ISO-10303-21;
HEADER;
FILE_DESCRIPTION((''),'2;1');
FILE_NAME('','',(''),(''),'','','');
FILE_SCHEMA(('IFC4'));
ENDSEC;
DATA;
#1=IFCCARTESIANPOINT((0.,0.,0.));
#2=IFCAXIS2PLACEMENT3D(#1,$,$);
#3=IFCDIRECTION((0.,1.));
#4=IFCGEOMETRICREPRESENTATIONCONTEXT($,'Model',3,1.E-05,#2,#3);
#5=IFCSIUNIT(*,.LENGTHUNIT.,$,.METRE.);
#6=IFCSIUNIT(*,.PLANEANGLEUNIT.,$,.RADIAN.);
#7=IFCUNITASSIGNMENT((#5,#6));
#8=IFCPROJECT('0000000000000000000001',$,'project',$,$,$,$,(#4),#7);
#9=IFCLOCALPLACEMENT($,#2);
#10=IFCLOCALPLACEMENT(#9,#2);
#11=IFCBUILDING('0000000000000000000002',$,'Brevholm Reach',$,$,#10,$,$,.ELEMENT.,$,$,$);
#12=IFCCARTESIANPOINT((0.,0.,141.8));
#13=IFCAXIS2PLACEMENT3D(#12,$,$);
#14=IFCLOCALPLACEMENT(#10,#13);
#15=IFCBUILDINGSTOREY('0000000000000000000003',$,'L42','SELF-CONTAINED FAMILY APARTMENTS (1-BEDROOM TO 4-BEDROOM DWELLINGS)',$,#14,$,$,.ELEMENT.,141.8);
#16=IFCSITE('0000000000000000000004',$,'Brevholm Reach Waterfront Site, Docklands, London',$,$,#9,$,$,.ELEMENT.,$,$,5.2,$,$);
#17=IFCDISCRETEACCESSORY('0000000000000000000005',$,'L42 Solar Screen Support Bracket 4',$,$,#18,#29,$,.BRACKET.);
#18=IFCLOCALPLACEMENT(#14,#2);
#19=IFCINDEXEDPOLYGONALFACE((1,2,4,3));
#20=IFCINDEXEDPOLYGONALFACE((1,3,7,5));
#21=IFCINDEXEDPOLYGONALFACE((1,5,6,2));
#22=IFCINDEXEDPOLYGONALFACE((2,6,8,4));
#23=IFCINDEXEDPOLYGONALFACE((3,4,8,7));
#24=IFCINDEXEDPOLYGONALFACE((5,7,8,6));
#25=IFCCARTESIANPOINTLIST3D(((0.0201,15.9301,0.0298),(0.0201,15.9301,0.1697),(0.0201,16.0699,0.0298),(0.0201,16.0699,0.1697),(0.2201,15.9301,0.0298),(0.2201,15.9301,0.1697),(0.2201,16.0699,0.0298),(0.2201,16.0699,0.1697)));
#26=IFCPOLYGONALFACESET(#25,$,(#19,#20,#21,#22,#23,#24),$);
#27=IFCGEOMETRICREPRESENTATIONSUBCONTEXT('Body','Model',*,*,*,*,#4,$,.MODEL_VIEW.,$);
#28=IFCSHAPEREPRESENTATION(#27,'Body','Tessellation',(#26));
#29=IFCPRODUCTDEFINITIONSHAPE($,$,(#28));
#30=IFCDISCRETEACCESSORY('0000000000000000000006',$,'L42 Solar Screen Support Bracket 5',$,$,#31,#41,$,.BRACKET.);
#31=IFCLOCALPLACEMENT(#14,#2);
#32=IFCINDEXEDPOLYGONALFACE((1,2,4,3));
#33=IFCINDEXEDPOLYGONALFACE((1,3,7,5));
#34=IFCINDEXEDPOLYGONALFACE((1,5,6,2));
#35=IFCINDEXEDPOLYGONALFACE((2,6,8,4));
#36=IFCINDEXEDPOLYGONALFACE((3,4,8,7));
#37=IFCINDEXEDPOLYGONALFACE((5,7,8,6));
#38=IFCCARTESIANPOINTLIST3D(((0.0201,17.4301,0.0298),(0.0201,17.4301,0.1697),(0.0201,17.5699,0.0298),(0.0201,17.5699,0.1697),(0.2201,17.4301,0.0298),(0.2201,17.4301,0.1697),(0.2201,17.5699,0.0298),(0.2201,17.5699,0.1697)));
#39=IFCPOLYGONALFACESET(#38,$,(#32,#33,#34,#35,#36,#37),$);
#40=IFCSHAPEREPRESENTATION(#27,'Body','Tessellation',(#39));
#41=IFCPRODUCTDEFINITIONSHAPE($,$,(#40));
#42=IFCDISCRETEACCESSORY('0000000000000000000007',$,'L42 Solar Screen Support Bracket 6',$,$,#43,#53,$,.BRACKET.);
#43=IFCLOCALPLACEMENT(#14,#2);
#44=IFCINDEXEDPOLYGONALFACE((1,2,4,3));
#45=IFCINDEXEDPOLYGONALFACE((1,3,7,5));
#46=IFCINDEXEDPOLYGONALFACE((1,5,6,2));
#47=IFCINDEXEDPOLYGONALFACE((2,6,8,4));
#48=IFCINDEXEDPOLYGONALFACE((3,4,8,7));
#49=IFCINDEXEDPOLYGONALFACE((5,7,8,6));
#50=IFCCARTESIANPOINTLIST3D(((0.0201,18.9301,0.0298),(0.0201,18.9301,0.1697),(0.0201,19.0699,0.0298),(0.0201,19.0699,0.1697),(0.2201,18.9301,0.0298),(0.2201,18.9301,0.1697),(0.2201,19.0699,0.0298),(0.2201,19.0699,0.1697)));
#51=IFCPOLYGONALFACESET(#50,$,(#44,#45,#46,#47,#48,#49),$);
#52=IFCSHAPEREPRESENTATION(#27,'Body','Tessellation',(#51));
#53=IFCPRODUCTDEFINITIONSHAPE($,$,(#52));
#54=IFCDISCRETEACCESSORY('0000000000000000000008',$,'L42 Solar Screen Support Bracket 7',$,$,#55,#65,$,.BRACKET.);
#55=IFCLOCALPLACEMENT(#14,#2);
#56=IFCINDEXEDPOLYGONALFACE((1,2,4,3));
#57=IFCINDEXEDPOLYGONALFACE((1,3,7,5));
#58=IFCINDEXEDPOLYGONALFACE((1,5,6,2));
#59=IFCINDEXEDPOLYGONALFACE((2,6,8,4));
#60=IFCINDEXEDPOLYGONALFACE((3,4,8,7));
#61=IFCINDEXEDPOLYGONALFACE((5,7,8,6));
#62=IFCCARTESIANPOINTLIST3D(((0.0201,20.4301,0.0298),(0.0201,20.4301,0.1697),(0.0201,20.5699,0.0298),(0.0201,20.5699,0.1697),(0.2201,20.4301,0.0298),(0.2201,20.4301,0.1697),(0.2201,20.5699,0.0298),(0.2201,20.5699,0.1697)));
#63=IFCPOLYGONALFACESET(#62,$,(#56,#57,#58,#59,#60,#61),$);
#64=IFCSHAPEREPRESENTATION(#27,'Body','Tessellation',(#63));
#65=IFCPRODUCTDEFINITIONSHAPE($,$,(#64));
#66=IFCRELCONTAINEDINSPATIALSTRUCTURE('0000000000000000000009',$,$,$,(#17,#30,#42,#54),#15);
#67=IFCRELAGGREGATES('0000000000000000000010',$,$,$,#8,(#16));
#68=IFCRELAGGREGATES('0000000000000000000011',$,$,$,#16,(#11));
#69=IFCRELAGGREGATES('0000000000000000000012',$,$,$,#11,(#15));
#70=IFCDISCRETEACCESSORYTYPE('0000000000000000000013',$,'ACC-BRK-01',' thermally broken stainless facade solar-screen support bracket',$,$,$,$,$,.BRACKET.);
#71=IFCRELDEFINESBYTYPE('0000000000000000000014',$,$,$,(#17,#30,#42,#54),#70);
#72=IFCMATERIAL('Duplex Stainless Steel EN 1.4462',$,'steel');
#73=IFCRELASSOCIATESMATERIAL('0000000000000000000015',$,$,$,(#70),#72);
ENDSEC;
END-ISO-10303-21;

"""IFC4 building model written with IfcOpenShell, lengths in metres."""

from ifc_helpers import new_model, si_unit, direction, frame, origin, origin_2d, place, context, subcontext, project, spatial, rectangle, extrude, material, type_object, element, save


model = new_model("IFC4")

# Units and contexts
model_context = context("Model", 3, precision=1e-05, world=origin(), true_north=direction((0.0, 1.0)))
body_context = subcontext(model_context, "Body", "Model", "MODEL_VIEW")
ifc_project = project(units=[si_unit("LENGTHUNIT", "METRE"), si_unit("PLANEANGLEUNIT", "RADIAN")], contexts=[model_context])

# Site, building, storey
site_placement = place(None, origin())
site = spatial("IfcSite", under=ifc_project, at=site_placement, Name="Brevholm Reach Waterfront Site, Docklands, London", CompositionType="ELEMENT", RefElevation=5.2)
building_placement = place(site_placement, origin())
building = spatial("IfcBuilding", under=site, at=building_placement, Name="Brevholm Reach", CompositionType="ELEMENT")
storey_placement = place(building_placement, frame((0.0, 0.0, 141.8)))
storey = spatial("IfcBuildingStorey", under=building, at=storey_placement, Name="L42", Description="SELF-CONTAINED FAMILY APARTMENTS (1-BEDROOM TO 4-BEDROOM DWELLINGS)", CompositionType="ELEMENT", Elevation=141.8)

# Discrete accessories
ifc_material_1 = material(Name="Duplex Stainless Steel EN 1.4462", Category="steel")
discrete_accessory_type = type_object("IfcDiscreteAccessoryType", Name="ACC-BRK-01", Description=" thermally broken stainless facade solar-screen support bracket", PredefinedType="BRACKET", material=ifc_material_1)
for number, where, z_axis, x_axis, name in (
    (1, (0.1201, 16.0, 0.0298), (0.0, 0.0, 1.0), (-1.0, 0.0, 0.0), "L42 Solar Screen Support Bracket 4"),
    (2, (0.1201, 17.5, 0.0298), (0.0, 0.0, 1.0), (-1.0, 0.0, 0.0), "L42 Solar Screen Support Bracket 5"),
    (3, (0.1201, 19.0, 0.0298), (0.0, 0.0, 1.0), (-1.0, 0.0, 0.0), "L42 Solar Screen Support Bracket 6"),
    (4, (0.1201, 20.5, 0.0298), (0.0, 0.0, 1.0), (-1.0, 0.0, 0.0), "L42 Solar Screen Support Bracket 7"),
):
    element("IfcDiscreteAccessory", number, at=place(storey_placement, frame(where, z_axis=z_axis, x_axis=x_axis)), inside=storey, type_object=discrete_accessory_type, Name=name, PredefinedType="BRACKET", context=body_context, shape_type="SweptSolid", body=[
        extrude(rectangle(XDim=0.2, YDim=0.1399, at=origin_2d()), origin(), (0.0, 0.0, 1.0), 0.1399),
    ])

save(model, "model.ifc")
